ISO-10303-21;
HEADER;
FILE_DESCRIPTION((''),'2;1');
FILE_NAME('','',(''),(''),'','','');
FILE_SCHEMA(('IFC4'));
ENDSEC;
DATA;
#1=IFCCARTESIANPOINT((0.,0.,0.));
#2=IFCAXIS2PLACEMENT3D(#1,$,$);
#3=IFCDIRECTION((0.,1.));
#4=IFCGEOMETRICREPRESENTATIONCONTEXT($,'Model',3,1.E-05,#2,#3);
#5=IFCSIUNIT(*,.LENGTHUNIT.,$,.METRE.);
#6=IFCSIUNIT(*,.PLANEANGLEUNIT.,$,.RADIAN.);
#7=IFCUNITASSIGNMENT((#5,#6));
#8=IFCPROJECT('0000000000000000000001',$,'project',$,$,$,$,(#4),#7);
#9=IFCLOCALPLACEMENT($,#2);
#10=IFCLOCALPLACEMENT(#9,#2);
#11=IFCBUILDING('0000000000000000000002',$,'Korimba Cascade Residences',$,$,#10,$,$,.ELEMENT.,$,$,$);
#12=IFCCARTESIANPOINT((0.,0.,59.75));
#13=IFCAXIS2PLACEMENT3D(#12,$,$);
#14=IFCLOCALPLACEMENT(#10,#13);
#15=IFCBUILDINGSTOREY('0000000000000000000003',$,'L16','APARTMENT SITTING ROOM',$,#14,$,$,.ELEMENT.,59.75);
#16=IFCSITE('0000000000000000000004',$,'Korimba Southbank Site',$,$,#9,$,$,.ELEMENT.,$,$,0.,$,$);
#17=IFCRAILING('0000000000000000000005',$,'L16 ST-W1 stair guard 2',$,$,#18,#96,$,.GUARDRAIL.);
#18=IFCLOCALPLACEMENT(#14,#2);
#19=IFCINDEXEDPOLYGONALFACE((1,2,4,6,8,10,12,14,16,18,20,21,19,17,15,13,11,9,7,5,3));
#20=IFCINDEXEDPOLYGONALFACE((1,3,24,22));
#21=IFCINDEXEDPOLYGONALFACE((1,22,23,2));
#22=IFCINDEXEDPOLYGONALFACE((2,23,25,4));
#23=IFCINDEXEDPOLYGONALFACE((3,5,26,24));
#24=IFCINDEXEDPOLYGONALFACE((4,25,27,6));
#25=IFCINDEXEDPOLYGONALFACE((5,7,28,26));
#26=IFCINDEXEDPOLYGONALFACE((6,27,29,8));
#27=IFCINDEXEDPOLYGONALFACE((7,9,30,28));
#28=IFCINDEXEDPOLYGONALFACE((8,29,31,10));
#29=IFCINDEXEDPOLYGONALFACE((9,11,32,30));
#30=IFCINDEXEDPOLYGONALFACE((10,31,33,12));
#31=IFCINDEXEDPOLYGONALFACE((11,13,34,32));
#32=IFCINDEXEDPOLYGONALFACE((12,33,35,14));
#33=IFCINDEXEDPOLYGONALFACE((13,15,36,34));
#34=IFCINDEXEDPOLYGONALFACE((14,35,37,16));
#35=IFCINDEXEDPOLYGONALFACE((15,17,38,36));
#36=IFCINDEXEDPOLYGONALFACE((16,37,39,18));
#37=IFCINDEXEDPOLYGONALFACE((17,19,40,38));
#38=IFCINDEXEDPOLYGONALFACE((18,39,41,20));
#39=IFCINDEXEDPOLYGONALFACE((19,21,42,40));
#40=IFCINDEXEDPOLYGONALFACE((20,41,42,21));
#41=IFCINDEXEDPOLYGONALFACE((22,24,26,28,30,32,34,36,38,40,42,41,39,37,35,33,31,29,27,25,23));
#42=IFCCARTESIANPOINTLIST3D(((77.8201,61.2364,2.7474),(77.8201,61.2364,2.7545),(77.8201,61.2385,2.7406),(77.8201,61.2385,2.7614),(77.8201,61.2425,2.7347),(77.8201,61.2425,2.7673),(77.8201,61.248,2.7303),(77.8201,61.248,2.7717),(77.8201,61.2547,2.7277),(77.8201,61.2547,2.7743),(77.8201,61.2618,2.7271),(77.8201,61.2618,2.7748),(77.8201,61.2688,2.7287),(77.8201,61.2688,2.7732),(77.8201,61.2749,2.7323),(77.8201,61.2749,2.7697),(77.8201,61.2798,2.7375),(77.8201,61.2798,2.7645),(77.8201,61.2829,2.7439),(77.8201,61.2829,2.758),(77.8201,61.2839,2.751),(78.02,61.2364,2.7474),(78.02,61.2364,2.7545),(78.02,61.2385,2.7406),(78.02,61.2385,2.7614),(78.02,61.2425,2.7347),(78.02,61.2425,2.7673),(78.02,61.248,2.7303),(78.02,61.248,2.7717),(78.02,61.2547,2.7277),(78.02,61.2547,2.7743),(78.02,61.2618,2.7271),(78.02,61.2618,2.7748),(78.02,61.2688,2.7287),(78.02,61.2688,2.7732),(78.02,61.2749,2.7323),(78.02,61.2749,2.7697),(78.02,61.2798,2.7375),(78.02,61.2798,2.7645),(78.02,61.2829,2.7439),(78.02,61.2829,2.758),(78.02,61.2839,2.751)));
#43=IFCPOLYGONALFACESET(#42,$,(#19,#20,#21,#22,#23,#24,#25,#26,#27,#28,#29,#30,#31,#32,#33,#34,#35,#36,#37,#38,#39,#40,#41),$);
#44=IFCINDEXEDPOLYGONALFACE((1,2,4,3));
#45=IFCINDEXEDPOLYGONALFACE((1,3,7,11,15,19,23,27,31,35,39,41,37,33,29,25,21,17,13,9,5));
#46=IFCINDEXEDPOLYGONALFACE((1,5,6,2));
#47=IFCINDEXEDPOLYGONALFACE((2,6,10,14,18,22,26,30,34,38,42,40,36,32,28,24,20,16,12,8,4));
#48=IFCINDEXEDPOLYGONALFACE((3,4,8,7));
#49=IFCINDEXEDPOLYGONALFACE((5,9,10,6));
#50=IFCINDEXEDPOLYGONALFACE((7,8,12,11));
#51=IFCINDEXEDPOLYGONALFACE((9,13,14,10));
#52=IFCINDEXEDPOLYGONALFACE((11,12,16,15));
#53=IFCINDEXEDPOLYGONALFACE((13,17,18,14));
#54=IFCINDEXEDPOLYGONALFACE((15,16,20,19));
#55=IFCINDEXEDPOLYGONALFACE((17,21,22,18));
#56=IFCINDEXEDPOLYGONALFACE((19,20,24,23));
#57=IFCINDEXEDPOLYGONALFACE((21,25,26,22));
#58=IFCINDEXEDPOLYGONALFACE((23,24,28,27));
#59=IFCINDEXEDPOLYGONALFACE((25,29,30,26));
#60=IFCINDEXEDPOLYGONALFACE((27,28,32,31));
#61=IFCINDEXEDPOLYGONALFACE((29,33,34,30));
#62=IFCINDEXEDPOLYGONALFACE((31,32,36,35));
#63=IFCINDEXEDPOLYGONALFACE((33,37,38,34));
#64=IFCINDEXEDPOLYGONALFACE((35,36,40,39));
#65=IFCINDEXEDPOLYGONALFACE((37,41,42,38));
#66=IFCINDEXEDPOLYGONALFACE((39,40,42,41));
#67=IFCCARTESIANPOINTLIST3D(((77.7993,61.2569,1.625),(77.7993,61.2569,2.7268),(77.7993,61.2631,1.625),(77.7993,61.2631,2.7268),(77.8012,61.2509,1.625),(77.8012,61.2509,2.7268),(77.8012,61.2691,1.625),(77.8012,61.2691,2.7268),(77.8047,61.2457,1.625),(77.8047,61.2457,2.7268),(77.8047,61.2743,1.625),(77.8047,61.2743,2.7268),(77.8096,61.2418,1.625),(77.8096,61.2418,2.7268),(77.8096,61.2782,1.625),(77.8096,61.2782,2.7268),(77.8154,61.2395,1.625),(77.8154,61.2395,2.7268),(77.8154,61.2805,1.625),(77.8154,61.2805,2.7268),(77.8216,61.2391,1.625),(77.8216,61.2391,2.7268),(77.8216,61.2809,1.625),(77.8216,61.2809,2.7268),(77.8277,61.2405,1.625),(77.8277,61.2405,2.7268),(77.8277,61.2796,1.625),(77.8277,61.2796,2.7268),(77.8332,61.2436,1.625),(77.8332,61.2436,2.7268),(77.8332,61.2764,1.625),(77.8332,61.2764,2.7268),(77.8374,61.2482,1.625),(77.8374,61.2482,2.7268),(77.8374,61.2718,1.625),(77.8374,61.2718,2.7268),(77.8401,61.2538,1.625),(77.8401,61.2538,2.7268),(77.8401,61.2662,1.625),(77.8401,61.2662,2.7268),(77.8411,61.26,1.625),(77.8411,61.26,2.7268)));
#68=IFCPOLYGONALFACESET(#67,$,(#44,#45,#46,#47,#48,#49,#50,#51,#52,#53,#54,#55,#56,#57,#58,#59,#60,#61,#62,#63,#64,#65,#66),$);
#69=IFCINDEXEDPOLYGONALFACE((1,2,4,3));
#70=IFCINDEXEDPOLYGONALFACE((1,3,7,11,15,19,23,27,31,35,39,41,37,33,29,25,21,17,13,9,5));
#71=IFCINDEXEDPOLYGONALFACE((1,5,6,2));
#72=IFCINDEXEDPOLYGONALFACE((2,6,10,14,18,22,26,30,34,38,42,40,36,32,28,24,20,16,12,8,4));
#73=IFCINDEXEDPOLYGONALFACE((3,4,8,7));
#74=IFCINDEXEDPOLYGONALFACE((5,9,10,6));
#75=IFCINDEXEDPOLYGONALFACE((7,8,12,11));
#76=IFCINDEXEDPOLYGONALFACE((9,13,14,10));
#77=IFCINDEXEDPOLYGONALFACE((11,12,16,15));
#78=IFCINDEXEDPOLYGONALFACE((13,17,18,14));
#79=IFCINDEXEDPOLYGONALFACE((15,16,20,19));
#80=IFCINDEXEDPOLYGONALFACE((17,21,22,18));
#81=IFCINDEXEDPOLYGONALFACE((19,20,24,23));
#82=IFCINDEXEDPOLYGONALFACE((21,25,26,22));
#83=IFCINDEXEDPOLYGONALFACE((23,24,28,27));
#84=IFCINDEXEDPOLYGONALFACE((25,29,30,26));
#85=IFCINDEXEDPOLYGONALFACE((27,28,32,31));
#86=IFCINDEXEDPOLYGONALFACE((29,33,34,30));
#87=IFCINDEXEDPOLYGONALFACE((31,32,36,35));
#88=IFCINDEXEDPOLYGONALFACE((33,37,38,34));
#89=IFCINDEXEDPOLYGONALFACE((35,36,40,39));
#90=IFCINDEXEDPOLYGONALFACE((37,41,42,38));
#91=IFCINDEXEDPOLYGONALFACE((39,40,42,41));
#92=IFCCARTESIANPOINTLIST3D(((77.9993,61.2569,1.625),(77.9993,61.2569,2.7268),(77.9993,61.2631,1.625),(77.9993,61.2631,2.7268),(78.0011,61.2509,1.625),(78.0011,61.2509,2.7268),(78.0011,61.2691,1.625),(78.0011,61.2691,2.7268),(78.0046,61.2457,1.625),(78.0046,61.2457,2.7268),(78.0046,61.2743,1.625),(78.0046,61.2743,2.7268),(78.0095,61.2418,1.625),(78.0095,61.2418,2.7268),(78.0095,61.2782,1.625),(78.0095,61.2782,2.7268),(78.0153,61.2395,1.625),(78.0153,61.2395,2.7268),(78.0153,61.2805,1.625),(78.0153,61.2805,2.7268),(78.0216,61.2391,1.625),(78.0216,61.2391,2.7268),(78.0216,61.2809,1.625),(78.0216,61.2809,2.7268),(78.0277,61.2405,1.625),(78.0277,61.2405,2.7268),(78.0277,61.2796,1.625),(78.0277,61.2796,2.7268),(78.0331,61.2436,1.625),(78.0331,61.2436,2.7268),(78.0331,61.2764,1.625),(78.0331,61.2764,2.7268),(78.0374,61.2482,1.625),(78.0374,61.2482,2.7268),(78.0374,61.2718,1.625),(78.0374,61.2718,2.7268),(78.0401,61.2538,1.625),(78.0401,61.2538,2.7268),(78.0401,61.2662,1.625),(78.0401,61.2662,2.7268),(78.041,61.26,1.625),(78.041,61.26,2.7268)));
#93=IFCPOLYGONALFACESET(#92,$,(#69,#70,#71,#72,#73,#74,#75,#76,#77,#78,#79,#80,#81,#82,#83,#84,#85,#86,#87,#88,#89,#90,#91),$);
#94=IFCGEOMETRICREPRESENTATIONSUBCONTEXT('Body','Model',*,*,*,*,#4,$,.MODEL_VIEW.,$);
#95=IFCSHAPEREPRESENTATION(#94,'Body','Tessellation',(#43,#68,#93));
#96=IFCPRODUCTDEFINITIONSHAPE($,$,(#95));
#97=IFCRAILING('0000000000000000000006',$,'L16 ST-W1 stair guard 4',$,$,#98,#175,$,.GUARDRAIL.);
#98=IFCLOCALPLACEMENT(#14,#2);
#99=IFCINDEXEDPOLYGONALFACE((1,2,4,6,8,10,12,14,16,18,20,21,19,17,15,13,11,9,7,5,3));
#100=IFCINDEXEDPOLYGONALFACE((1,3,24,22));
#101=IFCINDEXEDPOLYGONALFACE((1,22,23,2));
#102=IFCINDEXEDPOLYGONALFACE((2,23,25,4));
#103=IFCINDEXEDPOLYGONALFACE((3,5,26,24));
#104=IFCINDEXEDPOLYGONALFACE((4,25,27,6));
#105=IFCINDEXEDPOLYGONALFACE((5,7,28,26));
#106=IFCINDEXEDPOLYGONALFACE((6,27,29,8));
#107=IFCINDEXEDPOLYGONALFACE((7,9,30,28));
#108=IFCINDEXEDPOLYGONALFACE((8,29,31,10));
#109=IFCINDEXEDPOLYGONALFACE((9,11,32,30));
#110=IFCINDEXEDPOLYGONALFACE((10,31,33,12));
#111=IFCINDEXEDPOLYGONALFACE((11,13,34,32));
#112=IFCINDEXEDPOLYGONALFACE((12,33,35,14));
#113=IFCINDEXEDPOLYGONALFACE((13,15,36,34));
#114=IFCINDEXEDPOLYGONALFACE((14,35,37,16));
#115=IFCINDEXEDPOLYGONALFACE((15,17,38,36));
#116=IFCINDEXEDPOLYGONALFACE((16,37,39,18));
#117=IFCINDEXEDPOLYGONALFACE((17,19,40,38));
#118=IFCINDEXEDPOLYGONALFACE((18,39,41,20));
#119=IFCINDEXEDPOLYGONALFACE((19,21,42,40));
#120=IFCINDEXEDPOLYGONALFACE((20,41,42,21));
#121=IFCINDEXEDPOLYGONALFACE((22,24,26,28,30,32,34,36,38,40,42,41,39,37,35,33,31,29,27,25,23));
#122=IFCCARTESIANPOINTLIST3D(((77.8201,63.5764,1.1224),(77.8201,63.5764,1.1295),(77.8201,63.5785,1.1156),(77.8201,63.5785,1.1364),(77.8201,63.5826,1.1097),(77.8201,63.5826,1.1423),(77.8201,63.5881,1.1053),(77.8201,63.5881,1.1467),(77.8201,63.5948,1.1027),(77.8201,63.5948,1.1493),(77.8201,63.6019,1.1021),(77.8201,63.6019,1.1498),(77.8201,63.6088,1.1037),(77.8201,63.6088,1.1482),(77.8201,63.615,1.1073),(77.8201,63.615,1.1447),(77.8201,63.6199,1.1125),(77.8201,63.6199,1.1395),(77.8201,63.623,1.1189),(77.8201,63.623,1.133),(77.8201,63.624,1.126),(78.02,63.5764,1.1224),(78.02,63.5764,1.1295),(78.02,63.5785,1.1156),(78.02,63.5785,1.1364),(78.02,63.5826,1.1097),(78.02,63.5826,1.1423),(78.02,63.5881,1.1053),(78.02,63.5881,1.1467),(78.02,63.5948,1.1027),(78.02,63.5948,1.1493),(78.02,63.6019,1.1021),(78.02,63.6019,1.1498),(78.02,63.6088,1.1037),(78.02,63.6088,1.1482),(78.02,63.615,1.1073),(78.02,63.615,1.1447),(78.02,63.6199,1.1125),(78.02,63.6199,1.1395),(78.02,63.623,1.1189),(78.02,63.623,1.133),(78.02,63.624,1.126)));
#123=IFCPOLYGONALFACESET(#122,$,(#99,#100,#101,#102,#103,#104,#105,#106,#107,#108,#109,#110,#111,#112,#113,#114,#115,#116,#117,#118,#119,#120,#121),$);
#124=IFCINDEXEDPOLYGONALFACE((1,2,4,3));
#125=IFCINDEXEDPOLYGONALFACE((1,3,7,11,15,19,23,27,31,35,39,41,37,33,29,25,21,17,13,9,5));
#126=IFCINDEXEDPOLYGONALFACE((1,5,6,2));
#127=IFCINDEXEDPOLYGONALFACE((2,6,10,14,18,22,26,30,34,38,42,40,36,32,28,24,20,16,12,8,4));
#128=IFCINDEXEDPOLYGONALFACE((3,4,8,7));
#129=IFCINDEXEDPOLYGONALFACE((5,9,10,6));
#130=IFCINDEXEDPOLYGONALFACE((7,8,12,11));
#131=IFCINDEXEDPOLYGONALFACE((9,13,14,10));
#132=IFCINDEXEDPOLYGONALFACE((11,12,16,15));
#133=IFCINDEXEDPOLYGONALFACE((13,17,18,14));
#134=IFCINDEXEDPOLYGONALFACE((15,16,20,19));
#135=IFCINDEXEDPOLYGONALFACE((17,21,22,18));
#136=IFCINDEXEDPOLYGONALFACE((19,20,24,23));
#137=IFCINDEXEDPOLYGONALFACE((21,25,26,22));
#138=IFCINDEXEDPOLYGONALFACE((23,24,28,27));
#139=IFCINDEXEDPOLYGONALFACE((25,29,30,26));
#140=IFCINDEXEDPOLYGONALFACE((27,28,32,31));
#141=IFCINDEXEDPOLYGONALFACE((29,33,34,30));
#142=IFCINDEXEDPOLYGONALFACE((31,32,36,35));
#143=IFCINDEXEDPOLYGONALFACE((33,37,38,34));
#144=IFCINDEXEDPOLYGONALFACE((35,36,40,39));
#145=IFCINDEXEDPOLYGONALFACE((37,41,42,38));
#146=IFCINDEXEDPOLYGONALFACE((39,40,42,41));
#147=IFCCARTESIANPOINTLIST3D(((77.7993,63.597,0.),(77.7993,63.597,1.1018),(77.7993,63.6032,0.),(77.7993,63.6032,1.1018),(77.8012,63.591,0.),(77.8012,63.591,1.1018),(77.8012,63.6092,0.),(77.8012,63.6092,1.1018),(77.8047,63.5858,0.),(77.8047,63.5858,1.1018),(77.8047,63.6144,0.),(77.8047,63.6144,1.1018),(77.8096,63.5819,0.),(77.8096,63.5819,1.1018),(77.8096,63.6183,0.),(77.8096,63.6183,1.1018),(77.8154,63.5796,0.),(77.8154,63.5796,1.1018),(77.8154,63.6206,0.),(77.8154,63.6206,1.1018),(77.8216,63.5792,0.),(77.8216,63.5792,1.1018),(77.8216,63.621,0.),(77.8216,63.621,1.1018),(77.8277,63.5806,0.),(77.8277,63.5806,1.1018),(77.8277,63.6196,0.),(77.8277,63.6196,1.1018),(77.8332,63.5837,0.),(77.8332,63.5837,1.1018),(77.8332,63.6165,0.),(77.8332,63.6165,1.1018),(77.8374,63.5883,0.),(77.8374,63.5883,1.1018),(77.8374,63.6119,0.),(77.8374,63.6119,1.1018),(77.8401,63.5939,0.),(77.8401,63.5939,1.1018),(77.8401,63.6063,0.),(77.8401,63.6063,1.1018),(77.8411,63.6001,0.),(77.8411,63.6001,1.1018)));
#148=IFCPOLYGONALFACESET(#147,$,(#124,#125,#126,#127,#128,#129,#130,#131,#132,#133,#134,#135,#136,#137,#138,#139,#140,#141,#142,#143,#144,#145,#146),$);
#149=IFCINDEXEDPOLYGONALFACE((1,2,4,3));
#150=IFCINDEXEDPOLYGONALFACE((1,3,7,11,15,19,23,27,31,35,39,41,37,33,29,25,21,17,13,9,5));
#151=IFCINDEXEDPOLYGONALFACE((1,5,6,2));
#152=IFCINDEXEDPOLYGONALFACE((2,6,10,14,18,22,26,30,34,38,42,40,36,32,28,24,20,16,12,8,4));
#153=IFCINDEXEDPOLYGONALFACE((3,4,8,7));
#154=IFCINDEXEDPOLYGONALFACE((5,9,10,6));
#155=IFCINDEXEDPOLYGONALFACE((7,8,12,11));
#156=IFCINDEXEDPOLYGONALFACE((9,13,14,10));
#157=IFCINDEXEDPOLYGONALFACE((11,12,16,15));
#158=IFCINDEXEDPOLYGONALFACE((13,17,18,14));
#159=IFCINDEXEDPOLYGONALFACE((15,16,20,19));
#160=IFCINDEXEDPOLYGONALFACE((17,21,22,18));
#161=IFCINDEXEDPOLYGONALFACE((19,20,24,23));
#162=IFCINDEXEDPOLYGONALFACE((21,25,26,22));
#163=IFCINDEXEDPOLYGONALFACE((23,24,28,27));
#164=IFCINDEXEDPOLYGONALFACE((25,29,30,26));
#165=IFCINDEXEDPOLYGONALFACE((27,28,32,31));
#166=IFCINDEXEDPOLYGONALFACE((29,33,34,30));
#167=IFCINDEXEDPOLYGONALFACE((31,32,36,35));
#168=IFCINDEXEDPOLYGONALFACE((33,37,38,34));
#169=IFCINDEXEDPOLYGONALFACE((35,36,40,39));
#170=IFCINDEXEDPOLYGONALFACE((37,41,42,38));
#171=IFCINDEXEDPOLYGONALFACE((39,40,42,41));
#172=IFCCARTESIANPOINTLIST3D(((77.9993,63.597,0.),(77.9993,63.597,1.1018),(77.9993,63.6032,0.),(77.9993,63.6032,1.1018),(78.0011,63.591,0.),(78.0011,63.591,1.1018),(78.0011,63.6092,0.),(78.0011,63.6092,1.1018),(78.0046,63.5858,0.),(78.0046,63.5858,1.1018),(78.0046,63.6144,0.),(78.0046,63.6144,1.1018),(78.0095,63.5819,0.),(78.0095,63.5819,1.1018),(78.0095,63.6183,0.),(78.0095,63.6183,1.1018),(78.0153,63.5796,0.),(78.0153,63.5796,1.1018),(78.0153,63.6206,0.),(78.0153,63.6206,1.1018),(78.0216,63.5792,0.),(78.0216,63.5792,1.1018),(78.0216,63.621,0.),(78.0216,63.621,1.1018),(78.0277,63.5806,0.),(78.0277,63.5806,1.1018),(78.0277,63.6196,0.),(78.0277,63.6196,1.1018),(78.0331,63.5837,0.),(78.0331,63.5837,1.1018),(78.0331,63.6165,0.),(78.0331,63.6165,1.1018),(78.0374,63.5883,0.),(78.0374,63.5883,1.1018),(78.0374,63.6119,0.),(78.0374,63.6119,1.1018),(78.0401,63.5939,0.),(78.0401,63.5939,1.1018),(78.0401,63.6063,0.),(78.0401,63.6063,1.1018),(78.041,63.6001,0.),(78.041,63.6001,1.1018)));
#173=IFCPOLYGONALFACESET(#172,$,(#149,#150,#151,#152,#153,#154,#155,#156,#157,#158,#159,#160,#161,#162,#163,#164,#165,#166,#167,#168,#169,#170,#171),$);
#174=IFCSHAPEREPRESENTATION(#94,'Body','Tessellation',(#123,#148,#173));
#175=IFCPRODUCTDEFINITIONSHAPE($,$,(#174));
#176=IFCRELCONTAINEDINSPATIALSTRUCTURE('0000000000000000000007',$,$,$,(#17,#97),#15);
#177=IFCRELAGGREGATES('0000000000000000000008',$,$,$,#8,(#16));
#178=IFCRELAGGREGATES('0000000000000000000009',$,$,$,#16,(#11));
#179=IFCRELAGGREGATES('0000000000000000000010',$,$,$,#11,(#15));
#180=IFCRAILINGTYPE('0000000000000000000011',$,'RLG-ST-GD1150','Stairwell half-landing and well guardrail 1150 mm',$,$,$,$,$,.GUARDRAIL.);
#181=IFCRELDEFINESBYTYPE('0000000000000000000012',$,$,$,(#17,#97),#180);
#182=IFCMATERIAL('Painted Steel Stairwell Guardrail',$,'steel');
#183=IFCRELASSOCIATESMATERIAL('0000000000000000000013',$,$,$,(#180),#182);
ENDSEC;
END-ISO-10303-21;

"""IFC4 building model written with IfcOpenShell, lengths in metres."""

from ifc_helpers import new_model, si_unit, direction, frame, origin, origin_2d, place, context, subcontext, project, spatial, circle, extrude, material, type_object, element, save


model = new_model("IFC4")

# Units and contexts
model_context = context("Model", 3, precision=1e-05, world=origin(), true_north=direction((0.0, 1.0)))
body_context = subcontext(model_context, "Body", "Model", "MODEL_VIEW")
ifc_project = project(units=[si_unit("LENGTHUNIT", "METRE"), si_unit("PLANEANGLEUNIT", "RADIAN")], contexts=[model_context])

# Site, building, storey
site_placement = place(None, origin())
site = spatial("IfcSite", under=ifc_project, at=site_placement, Name="Korimba Southbank Site", CompositionType="ELEMENT", RefElevation=0.0)
building_placement = place(site_placement, origin())
building = spatial("IfcBuilding", under=site, at=building_placement, Name="Korimba Cascade Residences", CompositionType="ELEMENT")
storey_placement = place(building_placement, frame((0.0, 0.0, 59.75)))
storey = spatial("IfcBuildingStorey", under=building, at=storey_placement, Name="L16", Description="APARTMENT SITTING ROOM", CompositionType="ELEMENT", Elevation=59.75)

# Railings
ifc_material_1 = material(Name="Painted Steel Stairwell Guardrail", Category="steel")
railing_type_1 = type_object("IfcRailingType", Name="RLG-ST-GD1150", Description="Stairwell half-landing and well guardrail 1150 mm", PredefinedType="GUARDRAIL", material=ifc_material_1)
for number, where, name in (
    (1, (77.8201, 61.26, 1.625), "L16 ST-W1 stair guard 2"),
    (2, (77.8201, 63.6001, 0.0), "L16 ST-W1 stair guard 4"),
):
    element("IfcRailing", number, at=place(storey_placement, frame(where)), inside=storey, type_object=railing_type_1, Name=name, PredefinedType="GUARDRAIL", context=body_context, shape_type="SweptSolid", body=[
        extrude(circle(Radius=0.0239, at=origin_2d()), frame((0.0, 0.0, 1.126), z_axis=(1.0, 0.0, 0.0), x_axis=(0.0, 1.0, 0.0)), (0.0, 0.0, 1.0), 0.2),
        extrude(circle(Radius=0.021, at=origin_2d()), origin(), (0.0, 0.0, 1.0), 1.1018),
        extrude(circle(Radius=0.021, at=origin_2d()), frame((0.2, 0.0, 0.0)), (0.0, 0.0, 1.0), 1.1018),
    ])

save(model, "model.ifc")
